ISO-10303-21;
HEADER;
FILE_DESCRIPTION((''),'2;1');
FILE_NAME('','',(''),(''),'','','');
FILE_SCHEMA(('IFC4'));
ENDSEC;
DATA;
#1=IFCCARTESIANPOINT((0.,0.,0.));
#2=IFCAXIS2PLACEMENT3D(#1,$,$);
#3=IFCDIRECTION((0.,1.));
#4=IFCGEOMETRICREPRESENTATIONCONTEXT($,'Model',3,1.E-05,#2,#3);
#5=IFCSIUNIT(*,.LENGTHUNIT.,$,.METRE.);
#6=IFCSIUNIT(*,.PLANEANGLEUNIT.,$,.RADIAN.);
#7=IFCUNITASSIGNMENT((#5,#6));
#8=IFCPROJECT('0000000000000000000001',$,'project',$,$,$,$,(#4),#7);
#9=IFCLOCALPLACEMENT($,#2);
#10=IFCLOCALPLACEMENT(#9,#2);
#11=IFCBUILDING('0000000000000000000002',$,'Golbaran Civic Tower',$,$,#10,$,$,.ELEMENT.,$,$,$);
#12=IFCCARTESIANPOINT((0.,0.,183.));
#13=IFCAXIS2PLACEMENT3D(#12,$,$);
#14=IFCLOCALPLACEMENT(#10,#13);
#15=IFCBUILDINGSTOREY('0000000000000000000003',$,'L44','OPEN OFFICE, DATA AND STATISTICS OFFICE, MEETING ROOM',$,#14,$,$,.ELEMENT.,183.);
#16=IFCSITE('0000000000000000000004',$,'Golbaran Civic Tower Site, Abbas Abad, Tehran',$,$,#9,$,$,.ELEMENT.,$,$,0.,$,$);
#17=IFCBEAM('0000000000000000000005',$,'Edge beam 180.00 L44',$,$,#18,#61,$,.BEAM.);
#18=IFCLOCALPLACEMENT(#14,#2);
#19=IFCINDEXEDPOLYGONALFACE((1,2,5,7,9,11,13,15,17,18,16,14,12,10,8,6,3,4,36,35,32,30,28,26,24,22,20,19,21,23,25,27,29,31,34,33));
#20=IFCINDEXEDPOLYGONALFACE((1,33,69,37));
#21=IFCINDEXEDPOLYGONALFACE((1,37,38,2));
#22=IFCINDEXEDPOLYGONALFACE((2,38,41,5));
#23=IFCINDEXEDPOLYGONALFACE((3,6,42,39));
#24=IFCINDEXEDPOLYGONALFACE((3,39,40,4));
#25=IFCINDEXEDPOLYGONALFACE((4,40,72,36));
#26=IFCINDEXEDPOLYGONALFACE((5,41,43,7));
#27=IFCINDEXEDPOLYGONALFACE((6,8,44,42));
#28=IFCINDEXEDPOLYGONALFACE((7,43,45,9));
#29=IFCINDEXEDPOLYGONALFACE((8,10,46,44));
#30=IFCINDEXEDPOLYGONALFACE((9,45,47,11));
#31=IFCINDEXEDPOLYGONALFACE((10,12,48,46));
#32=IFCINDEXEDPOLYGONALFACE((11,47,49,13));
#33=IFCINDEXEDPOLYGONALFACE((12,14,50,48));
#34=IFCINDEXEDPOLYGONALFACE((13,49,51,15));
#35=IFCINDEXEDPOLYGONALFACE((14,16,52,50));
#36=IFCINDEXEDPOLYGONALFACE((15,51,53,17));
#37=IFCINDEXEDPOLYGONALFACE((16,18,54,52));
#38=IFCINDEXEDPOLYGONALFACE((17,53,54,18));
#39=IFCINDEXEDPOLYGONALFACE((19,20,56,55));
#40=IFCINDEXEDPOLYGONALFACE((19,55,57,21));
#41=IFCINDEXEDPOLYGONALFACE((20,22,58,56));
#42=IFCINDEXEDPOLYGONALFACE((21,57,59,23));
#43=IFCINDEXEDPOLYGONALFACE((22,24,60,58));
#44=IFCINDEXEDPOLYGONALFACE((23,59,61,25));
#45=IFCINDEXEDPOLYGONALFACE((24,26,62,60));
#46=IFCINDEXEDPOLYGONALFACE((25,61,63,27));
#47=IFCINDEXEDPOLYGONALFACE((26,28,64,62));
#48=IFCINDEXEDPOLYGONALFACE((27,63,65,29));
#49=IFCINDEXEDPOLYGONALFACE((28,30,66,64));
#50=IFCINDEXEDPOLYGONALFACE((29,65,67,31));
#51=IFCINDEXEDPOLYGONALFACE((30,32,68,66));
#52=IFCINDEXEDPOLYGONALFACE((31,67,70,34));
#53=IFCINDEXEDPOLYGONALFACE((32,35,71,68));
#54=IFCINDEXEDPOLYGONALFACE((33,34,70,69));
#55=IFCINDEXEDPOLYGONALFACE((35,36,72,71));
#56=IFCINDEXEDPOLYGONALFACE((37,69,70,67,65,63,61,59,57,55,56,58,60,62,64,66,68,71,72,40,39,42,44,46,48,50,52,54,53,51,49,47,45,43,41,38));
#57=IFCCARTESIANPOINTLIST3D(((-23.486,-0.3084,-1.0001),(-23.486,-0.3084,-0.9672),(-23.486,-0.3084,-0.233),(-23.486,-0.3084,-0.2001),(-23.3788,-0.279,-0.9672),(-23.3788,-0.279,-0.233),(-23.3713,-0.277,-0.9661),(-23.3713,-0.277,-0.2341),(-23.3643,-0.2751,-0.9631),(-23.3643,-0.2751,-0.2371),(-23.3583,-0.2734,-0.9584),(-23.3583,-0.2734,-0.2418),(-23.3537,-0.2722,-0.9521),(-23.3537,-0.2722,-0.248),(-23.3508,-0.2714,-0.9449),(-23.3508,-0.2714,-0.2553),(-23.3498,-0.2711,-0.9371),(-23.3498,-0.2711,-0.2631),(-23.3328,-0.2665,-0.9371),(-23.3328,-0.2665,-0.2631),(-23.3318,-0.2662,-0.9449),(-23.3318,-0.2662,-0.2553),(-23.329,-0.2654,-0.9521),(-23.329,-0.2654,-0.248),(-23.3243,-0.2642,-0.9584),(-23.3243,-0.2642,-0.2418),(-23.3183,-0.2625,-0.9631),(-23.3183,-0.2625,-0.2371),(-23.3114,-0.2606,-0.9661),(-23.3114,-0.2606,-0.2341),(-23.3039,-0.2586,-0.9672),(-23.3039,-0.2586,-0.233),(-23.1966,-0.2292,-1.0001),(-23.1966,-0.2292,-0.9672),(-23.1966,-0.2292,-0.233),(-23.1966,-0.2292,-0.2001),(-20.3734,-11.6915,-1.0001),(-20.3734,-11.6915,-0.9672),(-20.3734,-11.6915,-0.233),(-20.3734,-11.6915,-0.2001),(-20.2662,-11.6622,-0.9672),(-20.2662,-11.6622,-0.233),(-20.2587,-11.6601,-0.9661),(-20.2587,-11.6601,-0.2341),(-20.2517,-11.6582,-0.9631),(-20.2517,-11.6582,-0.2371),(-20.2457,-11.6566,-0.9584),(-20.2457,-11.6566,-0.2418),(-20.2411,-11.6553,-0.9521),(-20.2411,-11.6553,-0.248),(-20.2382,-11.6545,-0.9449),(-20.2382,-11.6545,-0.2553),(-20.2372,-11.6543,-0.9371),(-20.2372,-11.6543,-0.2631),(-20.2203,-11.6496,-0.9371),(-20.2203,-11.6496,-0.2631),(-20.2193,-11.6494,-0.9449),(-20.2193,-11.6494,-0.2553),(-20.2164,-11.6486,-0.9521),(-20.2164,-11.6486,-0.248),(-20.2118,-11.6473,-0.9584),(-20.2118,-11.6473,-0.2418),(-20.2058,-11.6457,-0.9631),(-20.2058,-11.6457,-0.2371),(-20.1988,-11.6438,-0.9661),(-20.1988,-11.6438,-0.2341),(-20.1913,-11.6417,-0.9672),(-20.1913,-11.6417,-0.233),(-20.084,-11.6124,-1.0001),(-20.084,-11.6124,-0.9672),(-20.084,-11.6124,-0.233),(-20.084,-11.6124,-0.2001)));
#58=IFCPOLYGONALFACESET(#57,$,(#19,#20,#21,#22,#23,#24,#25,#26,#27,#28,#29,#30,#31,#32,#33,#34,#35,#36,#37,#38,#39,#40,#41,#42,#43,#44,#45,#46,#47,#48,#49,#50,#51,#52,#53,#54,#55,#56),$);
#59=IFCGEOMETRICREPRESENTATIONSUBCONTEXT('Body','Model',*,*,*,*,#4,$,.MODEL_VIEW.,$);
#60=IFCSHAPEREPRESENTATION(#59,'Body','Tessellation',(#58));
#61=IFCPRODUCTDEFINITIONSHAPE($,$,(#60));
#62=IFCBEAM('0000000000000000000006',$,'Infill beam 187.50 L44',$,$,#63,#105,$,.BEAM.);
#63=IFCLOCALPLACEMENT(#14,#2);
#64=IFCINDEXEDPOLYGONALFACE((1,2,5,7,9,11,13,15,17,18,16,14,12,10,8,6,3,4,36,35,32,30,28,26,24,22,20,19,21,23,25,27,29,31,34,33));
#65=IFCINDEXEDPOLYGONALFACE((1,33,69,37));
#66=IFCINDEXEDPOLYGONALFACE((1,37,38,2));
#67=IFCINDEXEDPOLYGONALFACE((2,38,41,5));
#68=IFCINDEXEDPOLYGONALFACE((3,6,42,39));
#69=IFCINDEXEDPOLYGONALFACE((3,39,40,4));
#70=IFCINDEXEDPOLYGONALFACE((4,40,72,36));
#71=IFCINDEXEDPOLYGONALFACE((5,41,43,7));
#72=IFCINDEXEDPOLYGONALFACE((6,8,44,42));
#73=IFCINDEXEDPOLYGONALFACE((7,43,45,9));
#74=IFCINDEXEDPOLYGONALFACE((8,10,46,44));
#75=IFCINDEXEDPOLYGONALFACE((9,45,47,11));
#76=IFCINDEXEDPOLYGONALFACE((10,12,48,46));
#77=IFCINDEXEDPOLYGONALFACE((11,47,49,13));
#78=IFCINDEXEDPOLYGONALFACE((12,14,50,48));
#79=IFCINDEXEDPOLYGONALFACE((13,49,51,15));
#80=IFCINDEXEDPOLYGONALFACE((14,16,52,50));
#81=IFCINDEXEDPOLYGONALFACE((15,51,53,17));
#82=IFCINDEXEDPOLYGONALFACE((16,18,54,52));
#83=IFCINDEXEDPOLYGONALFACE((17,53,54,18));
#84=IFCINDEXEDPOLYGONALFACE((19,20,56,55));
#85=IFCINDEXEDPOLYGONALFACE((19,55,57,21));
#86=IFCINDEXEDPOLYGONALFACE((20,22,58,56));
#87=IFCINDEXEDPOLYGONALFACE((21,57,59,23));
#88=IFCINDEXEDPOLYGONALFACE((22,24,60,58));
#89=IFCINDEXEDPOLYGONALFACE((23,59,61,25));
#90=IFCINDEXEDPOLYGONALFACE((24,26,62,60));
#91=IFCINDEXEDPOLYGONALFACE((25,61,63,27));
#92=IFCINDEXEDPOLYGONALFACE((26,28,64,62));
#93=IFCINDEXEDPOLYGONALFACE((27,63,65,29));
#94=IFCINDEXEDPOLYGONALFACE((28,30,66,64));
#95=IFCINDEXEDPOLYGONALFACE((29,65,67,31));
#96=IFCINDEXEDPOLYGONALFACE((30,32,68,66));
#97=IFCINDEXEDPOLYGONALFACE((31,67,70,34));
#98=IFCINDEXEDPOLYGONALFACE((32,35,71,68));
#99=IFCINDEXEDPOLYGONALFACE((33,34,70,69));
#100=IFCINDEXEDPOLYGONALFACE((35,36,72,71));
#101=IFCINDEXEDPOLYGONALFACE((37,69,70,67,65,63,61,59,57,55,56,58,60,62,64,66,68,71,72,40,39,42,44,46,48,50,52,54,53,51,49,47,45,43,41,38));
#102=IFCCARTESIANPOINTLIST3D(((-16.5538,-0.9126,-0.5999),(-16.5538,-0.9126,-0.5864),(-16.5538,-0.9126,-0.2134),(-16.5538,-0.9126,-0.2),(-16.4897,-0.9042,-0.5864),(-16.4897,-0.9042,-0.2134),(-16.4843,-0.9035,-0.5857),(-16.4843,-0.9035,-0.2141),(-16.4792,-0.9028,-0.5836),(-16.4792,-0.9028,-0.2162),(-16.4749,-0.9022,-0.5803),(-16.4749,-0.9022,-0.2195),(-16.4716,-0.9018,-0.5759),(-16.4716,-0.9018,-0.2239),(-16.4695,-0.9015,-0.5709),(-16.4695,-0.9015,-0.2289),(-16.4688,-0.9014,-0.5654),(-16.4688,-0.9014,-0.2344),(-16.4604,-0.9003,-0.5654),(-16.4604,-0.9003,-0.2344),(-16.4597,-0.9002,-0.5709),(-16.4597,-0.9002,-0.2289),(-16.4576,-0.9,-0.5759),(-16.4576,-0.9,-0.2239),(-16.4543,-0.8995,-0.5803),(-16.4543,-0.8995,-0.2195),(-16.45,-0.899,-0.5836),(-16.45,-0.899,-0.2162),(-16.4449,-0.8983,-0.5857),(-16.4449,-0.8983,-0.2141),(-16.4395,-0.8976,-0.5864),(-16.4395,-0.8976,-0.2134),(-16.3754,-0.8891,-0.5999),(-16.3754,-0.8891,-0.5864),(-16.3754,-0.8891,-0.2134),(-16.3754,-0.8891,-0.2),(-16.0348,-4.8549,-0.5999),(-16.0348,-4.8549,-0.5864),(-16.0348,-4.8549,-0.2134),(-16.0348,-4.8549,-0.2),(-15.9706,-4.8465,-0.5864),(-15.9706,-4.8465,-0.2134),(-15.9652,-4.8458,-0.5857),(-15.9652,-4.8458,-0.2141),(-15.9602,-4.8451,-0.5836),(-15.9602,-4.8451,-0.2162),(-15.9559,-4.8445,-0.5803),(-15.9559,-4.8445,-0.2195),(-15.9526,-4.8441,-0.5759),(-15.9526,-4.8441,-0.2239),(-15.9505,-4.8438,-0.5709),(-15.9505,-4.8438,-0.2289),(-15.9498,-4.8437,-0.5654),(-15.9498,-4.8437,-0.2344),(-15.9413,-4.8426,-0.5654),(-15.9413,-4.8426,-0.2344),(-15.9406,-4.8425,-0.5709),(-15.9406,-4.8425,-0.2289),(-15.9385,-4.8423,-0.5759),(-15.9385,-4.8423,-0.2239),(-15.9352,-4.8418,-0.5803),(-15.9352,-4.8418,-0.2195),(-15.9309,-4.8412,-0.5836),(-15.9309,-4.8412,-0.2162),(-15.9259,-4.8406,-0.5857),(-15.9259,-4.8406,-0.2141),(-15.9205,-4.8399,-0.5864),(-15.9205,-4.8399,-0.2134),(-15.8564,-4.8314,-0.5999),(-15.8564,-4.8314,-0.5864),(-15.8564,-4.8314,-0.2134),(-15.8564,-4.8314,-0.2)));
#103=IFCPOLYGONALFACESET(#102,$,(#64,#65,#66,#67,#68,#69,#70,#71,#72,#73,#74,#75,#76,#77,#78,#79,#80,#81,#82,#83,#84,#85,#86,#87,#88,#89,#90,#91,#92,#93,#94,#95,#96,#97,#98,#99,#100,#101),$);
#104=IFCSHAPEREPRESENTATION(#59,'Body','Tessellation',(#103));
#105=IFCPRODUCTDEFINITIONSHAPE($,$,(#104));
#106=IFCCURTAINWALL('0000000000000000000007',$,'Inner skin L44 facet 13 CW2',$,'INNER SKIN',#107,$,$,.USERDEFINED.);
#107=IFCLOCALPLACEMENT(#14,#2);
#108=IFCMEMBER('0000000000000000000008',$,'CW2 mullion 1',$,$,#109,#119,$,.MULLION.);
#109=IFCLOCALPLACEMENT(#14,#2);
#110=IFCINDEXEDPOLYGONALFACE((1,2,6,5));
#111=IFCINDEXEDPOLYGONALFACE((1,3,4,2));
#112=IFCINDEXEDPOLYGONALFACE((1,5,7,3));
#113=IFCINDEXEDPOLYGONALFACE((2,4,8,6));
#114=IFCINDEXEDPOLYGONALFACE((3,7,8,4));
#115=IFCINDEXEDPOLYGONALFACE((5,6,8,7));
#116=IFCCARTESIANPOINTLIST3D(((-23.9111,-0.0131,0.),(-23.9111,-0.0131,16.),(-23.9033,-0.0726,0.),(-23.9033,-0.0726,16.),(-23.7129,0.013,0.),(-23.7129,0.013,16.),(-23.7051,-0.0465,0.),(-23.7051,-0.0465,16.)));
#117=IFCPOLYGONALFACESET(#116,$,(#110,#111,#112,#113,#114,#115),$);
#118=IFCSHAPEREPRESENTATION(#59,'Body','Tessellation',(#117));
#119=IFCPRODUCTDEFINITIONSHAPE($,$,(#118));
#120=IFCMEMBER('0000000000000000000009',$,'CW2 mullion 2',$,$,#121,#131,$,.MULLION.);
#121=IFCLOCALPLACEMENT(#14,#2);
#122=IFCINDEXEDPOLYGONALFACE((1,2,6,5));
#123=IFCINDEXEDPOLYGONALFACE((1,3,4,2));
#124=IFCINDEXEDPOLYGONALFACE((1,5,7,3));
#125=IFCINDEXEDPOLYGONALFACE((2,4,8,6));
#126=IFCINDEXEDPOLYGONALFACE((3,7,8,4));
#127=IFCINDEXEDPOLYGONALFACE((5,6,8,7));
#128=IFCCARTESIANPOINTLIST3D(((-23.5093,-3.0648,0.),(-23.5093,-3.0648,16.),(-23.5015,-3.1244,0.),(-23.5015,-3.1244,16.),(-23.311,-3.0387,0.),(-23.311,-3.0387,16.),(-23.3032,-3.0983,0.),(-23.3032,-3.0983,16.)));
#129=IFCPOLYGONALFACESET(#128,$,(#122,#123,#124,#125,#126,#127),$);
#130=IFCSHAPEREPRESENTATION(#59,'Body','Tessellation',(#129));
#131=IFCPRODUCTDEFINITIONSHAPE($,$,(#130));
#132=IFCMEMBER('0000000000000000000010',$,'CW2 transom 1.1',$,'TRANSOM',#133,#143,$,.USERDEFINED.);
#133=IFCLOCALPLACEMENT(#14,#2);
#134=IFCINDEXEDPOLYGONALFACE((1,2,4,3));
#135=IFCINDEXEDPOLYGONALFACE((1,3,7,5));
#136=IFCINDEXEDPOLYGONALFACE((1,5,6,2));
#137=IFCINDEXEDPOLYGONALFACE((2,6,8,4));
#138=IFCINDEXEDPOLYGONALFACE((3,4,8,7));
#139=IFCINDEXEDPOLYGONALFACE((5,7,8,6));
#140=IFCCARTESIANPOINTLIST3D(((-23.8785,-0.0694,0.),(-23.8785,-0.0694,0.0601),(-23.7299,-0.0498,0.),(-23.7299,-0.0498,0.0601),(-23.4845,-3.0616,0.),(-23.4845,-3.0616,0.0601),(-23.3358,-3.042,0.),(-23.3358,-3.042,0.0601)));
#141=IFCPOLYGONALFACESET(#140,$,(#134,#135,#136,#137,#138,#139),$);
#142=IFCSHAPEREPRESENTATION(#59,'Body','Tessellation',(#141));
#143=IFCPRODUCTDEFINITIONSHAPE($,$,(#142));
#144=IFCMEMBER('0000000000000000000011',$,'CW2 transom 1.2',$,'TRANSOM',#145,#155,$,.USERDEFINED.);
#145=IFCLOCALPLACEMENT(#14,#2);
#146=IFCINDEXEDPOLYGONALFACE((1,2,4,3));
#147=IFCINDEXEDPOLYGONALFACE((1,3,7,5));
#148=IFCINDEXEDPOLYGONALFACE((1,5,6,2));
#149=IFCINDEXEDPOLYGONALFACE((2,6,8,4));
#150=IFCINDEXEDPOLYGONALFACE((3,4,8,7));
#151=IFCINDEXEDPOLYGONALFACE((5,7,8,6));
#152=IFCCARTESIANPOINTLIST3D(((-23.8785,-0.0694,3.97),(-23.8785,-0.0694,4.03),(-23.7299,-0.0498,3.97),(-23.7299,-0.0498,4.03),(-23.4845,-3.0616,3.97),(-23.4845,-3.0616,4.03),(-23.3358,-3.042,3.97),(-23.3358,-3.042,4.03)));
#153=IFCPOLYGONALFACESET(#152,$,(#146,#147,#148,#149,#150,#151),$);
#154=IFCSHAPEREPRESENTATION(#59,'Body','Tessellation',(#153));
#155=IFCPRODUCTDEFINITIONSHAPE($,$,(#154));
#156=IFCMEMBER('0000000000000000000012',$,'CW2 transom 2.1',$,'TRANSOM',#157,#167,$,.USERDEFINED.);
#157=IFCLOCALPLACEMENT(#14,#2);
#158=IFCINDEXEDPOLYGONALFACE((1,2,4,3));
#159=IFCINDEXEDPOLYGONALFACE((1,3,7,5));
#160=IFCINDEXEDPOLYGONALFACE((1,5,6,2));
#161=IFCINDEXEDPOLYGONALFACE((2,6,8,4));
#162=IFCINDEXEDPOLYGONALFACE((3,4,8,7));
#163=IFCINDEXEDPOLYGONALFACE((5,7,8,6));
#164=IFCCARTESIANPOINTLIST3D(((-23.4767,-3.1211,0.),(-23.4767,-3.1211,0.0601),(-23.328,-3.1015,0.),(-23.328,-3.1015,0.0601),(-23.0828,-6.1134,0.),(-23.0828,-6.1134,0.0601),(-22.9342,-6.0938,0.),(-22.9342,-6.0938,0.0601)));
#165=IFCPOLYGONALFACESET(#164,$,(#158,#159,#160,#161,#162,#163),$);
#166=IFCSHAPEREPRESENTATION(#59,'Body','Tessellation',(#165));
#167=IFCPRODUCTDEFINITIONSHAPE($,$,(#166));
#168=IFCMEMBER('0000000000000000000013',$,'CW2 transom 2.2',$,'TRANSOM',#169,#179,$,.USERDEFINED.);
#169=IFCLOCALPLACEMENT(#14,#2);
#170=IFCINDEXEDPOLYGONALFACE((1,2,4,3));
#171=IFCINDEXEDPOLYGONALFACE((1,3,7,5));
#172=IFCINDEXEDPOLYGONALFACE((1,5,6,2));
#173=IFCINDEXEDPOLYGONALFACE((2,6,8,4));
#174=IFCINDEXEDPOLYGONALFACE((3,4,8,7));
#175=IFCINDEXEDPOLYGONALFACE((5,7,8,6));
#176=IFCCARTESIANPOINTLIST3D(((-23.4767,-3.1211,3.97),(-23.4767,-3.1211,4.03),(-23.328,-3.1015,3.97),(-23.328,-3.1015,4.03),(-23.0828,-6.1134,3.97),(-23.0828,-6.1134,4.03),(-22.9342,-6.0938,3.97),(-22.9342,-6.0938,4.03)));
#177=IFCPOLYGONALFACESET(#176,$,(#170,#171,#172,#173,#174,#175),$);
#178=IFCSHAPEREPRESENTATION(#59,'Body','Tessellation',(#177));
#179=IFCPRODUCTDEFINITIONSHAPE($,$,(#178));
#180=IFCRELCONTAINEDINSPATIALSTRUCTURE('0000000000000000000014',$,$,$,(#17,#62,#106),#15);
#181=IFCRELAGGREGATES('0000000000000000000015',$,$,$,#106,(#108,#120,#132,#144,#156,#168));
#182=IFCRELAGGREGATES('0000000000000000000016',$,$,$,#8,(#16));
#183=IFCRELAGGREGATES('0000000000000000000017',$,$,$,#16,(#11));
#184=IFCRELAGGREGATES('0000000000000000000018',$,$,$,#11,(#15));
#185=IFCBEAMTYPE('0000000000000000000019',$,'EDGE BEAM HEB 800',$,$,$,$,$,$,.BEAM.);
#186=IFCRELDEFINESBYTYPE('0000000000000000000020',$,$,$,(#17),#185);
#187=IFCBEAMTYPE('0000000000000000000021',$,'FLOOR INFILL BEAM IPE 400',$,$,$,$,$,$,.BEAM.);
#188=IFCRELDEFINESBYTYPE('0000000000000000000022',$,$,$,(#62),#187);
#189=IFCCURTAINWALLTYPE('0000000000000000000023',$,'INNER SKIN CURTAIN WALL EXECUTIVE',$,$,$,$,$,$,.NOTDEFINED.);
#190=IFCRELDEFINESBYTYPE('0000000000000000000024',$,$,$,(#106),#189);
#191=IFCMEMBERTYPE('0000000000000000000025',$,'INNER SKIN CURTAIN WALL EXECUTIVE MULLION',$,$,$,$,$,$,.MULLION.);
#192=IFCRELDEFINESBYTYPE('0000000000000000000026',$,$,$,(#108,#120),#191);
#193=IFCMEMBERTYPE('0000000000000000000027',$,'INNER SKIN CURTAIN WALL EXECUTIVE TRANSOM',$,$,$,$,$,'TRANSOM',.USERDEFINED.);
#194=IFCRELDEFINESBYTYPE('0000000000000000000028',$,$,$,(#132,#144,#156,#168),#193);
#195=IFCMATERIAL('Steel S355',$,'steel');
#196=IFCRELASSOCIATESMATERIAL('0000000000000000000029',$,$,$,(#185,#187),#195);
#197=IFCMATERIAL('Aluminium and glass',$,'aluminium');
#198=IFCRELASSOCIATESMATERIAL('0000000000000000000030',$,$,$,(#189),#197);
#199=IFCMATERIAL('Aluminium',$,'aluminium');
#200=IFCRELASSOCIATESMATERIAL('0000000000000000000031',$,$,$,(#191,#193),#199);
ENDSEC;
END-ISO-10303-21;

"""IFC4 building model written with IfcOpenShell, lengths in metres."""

from ifc_helpers import new_model, si_unit, direction, frame, origin, origin_2d, place, context, subcontext, project, spatial, rectangle, i_section, extrude, material, material_profile, profile_set, type_object, element, aggregate, save


model = new_model("IFC4")

# Units and contexts
model_context = context("Model", 3, precision=1e-05, world=origin(), true_north=direction((0.0, 1.0)))
body_context = subcontext(model_context, "Body", "Model", "MODEL_VIEW")
ifc_project = project(units=[si_unit("LENGTHUNIT", "METRE"), si_unit("PLANEANGLEUNIT", "RADIAN")], contexts=[model_context])

# Site, building, storey
site_placement = place(None, origin())
site = spatial("IfcSite", under=ifc_project, at=site_placement, Name="Golbaran Civic Tower Site, Abbas Abad, Tehran", CompositionType="ELEMENT", RefElevation=0.0)
building_placement = place(site_placement, origin())
building = spatial("IfcBuilding", under=site, at=building_placement, Name="Golbaran Civic Tower", CompositionType="ELEMENT")
storey_placement = place(building_placement, frame((0.0, 0.0, 183.0)))
storey = spatial("IfcBuildingStorey", under=building, at=storey_placement, Name="L44", Description="OPEN OFFICE, DATA AND STATISTICS OFFICE, MEETING ROOM", CompositionType="ELEMENT", Elevation=183.0)

# Beams
ifc_material_1 = material(Name="Steel S355", Category="steel")
ifc_material_profile_1 = material_profile(ifc_material_1, i_section(OverallWidth=0.3, OverallDepth=0.8, WebThickness=0.0176, FlangeThickness=0.033, FilletRadius=0.03, at=origin_2d()), Name="HEB 800")
ifc_profile_set_1 = profile_set([ifc_material_profile_1], Name="Steel S355")
beam_type_1 = type_object("IfcBeamType", Name="EDGE BEAM HEB 800", PredefinedType="BEAM", material=ifc_profile_set_1)
beam_1_placement = place(storey_placement, frame((-23.3413, -0.2688, -0.6001), z_axis=(0.263755, -0.96459, 0.0), x_axis=(0.96459, 0.263755, 0.0)))
element("IfcBeam", 1, at=beam_1_placement, inside=storey, type_object=beam_type_1, Name="Edge beam 180.00 L44", PredefinedType="BEAM", context=body_context, shape_type="SweptSolid", body=[
    extrude(i_section(OverallWidth=0.3, OverallDepth=0.8, WebThickness=0.0176, FlangeThickness=0.033, FilletRadius=0.03, at=origin_2d()), origin(), (0.0, 0.0, 1.0), 11.801),
])
ifc_material_profile_2 = material_profile(ifc_material_1, i_section(OverallWidth=0.1799, OverallDepth=0.3999, WebThickness=0.0085, FlangeThickness=0.0134, FilletRadius=0.021, at=origin_2d()), Name="IPE 400")
ifc_profile_set_2 = profile_set([ifc_material_profile_2], Name="Steel S355")
beam_type_2 = type_object("IfcBeamType", Name="FLOOR INFILL BEAM IPE 400", PredefinedType="BEAM", material=ifc_profile_set_2)
beam_2_placement = place(storey_placement, frame((-16.4646, -0.9009, -0.3999), z_axis=(0.130531, -0.991444, 0.0), x_axis=(0.991444, 0.130531, 0.0)))
element("IfcBeam", 2, at=beam_2_placement, inside=storey, type_object=beam_type_2, Name="Infill beam 187.50 L44", PredefinedType="BEAM", context=body_context, shape_type="SweptSolid", body=[
    extrude(i_section(OverallWidth=0.1799, OverallDepth=0.3999, WebThickness=0.0085, FlangeThickness=0.0134, FilletRadius=0.021, at=origin_2d()), origin(), (0.0, 0.0, 1.0), 3.9763),
])

# Curtain wall, members
ifc_material_2 = material(Name="Aluminium and glass", Category="aluminium")
curtain_wall_type_1 = type_object("IfcCurtainWallType", Name="INNER SKIN CURTAIN WALL EXECUTIVE", PredefinedType="NOTDEFINED", material=ifc_material_2)
curtain_wall_1_placement = place(storey_placement, origin())
curtain_wall_1 = element("IfcCurtainWall", 3, at=curtain_wall_1_placement, inside=storey, type_object=curtain_wall_type_1, Name="Inner skin L44 facet 13 CW2", ObjectType="INNER SKIN", PredefinedType="USERDEFINED")
ifc_material_3 = material(Name="Aluminium", Category="aluminium")
ifc_material_profile_3 = material_profile(ifc_material_3, rectangle(XDim=0.2, YDim=0.0601, at=origin_2d()), Name="INNER SKIN CURTAIN WALL EXECUTIVE MULLION")
ifc_profile_set_3 = profile_set([ifc_material_profile_3], Name="Aluminium")
member_type_1 = type_object("IfcMemberType", Name="INNER SKIN CURTAIN WALL EXECUTIVE MULLION", PredefinedType="MULLION", material=ifc_profile_set_3)
member_1_placement = place(storey_placement, frame((-23.8081, -0.0298, 0.0), z_axis=(0.0, 0.0, 1.0), x_axis=(0.991445, 0.130526, 0.0)))
member_1 = element("IfcMember", 4, at=member_1_placement, type_object=member_type_1, Name="CW2 mullion 1", PredefinedType="MULLION", context=body_context, shape_type="SweptSolid", body=[
    extrude(rectangle(XDim=0.2, YDim=0.0601, at=origin_2d()), origin(), (0.0, 0.0, 1.0), 16.0),
])
member_2_placement = place(storey_placement, frame((-23.4062, -3.0815, 0.0), z_axis=(0.0, 0.0, 1.0), x_axis=(0.991445, 0.130526, 0.0)))
member_2 = element("IfcMember", 5, at=member_2_placement, type_object=member_type_1, Name="CW2 mullion 2", PredefinedType="MULLION", context=body_context, shape_type="SweptSolid", body=[
    extrude(rectangle(XDim=0.2, YDim=0.0601, at=origin_2d()), origin(), (0.0, 0.0, 1.0), 16.0),
])
ifc_material_profile_4 = material_profile(ifc_material_3, rectangle(XDim=0.1499, YDim=0.0601, at=origin_2d()), Name="INNER SKIN CURTAIN WALL EXECUTIVE TRANSOM")
ifc_profile_set_4 = profile_set([ifc_material_profile_4], Name="Aluminium")
member_type_2 = type_object("IfcMemberType", Name="INNER SKIN CURTAIN WALL EXECUTIVE TRANSOM", ElementType="TRANSOM", PredefinedType="USERDEFINED", material=ifc_profile_set_4)
member_3_placement = place(storey_placement, frame((-23.8042, -0.0596, 0.03), z_axis=(0.130563, -0.99144, 0.0), x_axis=(0.99144, 0.130563, 0.0)))
member_3 = element("IfcMember", 6, at=member_3_placement, type_object=member_type_2, Name="CW2 transom 1.1", ObjectType="TRANSOM", PredefinedType="USERDEFINED", context=body_context, shape_type="SweptSolid", body=[
    extrude(rectangle(XDim=0.1499, YDim=0.0601, at=origin_2d()), origin(), (0.0, 0.0, 1.0), 3.0181),
])
member_4_placement = place(storey_placement, frame((-23.8042, -0.0596, 4.0), z_axis=(0.130563, -0.99144, 0.0), x_axis=(0.99144, 0.130563, 0.0)))
member_4 = element("IfcMember", 7, at=member_4_placement, type_object=member_type_2, Name="CW2 transom 1.2", ObjectType="TRANSOM", PredefinedType="USERDEFINED", context=body_context, shape_type="SweptSolid", body=[
    extrude(rectangle(XDim=0.1499, YDim=0.0601, at=origin_2d()), origin(), (0.0, 0.0, 1.0), 3.0181),
])
member_5_placement = place(storey_placement, frame((-23.4023, -3.1113, 0.03), z_axis=(0.130484, -0.99145, 0.0), x_axis=(0.99145, 0.130484, 0.0)))
member_5 = element("IfcMember", 8, at=member_5_placement, type_object=member_type_2, Name="CW2 transom 2.1", ObjectType="TRANSOM", PredefinedType="USERDEFINED", context=body_context, shape_type="SweptSolid", body=[
    extrude(rectangle(XDim=0.1499, YDim=0.0601, at=origin_2d()), origin(), (0.0, 0.0, 1.0), 3.0181),
])
member_6_placement = place(storey_placement, frame((-23.4023, -3.1113, 4.0), z_axis=(0.130484, -0.99145, 0.0), x_axis=(0.99145, 0.130484, 0.0)))
member_6 = element("IfcMember", 9, at=member_6_placement, type_object=member_type_2, Name="CW2 transom 2.2", ObjectType="TRANSOM", PredefinedType="USERDEFINED", context=body_context, shape_type="SweptSolid", body=[
    extrude(rectangle(XDim=0.1499, YDim=0.0601, at=origin_2d()), origin(), (0.0, 0.0, 1.0), 3.0181),
])

aggregate(curtain_wall_1, [member_1, member_2, member_3, member_4, member_5, member_6])

save(model, "model.ifc")
